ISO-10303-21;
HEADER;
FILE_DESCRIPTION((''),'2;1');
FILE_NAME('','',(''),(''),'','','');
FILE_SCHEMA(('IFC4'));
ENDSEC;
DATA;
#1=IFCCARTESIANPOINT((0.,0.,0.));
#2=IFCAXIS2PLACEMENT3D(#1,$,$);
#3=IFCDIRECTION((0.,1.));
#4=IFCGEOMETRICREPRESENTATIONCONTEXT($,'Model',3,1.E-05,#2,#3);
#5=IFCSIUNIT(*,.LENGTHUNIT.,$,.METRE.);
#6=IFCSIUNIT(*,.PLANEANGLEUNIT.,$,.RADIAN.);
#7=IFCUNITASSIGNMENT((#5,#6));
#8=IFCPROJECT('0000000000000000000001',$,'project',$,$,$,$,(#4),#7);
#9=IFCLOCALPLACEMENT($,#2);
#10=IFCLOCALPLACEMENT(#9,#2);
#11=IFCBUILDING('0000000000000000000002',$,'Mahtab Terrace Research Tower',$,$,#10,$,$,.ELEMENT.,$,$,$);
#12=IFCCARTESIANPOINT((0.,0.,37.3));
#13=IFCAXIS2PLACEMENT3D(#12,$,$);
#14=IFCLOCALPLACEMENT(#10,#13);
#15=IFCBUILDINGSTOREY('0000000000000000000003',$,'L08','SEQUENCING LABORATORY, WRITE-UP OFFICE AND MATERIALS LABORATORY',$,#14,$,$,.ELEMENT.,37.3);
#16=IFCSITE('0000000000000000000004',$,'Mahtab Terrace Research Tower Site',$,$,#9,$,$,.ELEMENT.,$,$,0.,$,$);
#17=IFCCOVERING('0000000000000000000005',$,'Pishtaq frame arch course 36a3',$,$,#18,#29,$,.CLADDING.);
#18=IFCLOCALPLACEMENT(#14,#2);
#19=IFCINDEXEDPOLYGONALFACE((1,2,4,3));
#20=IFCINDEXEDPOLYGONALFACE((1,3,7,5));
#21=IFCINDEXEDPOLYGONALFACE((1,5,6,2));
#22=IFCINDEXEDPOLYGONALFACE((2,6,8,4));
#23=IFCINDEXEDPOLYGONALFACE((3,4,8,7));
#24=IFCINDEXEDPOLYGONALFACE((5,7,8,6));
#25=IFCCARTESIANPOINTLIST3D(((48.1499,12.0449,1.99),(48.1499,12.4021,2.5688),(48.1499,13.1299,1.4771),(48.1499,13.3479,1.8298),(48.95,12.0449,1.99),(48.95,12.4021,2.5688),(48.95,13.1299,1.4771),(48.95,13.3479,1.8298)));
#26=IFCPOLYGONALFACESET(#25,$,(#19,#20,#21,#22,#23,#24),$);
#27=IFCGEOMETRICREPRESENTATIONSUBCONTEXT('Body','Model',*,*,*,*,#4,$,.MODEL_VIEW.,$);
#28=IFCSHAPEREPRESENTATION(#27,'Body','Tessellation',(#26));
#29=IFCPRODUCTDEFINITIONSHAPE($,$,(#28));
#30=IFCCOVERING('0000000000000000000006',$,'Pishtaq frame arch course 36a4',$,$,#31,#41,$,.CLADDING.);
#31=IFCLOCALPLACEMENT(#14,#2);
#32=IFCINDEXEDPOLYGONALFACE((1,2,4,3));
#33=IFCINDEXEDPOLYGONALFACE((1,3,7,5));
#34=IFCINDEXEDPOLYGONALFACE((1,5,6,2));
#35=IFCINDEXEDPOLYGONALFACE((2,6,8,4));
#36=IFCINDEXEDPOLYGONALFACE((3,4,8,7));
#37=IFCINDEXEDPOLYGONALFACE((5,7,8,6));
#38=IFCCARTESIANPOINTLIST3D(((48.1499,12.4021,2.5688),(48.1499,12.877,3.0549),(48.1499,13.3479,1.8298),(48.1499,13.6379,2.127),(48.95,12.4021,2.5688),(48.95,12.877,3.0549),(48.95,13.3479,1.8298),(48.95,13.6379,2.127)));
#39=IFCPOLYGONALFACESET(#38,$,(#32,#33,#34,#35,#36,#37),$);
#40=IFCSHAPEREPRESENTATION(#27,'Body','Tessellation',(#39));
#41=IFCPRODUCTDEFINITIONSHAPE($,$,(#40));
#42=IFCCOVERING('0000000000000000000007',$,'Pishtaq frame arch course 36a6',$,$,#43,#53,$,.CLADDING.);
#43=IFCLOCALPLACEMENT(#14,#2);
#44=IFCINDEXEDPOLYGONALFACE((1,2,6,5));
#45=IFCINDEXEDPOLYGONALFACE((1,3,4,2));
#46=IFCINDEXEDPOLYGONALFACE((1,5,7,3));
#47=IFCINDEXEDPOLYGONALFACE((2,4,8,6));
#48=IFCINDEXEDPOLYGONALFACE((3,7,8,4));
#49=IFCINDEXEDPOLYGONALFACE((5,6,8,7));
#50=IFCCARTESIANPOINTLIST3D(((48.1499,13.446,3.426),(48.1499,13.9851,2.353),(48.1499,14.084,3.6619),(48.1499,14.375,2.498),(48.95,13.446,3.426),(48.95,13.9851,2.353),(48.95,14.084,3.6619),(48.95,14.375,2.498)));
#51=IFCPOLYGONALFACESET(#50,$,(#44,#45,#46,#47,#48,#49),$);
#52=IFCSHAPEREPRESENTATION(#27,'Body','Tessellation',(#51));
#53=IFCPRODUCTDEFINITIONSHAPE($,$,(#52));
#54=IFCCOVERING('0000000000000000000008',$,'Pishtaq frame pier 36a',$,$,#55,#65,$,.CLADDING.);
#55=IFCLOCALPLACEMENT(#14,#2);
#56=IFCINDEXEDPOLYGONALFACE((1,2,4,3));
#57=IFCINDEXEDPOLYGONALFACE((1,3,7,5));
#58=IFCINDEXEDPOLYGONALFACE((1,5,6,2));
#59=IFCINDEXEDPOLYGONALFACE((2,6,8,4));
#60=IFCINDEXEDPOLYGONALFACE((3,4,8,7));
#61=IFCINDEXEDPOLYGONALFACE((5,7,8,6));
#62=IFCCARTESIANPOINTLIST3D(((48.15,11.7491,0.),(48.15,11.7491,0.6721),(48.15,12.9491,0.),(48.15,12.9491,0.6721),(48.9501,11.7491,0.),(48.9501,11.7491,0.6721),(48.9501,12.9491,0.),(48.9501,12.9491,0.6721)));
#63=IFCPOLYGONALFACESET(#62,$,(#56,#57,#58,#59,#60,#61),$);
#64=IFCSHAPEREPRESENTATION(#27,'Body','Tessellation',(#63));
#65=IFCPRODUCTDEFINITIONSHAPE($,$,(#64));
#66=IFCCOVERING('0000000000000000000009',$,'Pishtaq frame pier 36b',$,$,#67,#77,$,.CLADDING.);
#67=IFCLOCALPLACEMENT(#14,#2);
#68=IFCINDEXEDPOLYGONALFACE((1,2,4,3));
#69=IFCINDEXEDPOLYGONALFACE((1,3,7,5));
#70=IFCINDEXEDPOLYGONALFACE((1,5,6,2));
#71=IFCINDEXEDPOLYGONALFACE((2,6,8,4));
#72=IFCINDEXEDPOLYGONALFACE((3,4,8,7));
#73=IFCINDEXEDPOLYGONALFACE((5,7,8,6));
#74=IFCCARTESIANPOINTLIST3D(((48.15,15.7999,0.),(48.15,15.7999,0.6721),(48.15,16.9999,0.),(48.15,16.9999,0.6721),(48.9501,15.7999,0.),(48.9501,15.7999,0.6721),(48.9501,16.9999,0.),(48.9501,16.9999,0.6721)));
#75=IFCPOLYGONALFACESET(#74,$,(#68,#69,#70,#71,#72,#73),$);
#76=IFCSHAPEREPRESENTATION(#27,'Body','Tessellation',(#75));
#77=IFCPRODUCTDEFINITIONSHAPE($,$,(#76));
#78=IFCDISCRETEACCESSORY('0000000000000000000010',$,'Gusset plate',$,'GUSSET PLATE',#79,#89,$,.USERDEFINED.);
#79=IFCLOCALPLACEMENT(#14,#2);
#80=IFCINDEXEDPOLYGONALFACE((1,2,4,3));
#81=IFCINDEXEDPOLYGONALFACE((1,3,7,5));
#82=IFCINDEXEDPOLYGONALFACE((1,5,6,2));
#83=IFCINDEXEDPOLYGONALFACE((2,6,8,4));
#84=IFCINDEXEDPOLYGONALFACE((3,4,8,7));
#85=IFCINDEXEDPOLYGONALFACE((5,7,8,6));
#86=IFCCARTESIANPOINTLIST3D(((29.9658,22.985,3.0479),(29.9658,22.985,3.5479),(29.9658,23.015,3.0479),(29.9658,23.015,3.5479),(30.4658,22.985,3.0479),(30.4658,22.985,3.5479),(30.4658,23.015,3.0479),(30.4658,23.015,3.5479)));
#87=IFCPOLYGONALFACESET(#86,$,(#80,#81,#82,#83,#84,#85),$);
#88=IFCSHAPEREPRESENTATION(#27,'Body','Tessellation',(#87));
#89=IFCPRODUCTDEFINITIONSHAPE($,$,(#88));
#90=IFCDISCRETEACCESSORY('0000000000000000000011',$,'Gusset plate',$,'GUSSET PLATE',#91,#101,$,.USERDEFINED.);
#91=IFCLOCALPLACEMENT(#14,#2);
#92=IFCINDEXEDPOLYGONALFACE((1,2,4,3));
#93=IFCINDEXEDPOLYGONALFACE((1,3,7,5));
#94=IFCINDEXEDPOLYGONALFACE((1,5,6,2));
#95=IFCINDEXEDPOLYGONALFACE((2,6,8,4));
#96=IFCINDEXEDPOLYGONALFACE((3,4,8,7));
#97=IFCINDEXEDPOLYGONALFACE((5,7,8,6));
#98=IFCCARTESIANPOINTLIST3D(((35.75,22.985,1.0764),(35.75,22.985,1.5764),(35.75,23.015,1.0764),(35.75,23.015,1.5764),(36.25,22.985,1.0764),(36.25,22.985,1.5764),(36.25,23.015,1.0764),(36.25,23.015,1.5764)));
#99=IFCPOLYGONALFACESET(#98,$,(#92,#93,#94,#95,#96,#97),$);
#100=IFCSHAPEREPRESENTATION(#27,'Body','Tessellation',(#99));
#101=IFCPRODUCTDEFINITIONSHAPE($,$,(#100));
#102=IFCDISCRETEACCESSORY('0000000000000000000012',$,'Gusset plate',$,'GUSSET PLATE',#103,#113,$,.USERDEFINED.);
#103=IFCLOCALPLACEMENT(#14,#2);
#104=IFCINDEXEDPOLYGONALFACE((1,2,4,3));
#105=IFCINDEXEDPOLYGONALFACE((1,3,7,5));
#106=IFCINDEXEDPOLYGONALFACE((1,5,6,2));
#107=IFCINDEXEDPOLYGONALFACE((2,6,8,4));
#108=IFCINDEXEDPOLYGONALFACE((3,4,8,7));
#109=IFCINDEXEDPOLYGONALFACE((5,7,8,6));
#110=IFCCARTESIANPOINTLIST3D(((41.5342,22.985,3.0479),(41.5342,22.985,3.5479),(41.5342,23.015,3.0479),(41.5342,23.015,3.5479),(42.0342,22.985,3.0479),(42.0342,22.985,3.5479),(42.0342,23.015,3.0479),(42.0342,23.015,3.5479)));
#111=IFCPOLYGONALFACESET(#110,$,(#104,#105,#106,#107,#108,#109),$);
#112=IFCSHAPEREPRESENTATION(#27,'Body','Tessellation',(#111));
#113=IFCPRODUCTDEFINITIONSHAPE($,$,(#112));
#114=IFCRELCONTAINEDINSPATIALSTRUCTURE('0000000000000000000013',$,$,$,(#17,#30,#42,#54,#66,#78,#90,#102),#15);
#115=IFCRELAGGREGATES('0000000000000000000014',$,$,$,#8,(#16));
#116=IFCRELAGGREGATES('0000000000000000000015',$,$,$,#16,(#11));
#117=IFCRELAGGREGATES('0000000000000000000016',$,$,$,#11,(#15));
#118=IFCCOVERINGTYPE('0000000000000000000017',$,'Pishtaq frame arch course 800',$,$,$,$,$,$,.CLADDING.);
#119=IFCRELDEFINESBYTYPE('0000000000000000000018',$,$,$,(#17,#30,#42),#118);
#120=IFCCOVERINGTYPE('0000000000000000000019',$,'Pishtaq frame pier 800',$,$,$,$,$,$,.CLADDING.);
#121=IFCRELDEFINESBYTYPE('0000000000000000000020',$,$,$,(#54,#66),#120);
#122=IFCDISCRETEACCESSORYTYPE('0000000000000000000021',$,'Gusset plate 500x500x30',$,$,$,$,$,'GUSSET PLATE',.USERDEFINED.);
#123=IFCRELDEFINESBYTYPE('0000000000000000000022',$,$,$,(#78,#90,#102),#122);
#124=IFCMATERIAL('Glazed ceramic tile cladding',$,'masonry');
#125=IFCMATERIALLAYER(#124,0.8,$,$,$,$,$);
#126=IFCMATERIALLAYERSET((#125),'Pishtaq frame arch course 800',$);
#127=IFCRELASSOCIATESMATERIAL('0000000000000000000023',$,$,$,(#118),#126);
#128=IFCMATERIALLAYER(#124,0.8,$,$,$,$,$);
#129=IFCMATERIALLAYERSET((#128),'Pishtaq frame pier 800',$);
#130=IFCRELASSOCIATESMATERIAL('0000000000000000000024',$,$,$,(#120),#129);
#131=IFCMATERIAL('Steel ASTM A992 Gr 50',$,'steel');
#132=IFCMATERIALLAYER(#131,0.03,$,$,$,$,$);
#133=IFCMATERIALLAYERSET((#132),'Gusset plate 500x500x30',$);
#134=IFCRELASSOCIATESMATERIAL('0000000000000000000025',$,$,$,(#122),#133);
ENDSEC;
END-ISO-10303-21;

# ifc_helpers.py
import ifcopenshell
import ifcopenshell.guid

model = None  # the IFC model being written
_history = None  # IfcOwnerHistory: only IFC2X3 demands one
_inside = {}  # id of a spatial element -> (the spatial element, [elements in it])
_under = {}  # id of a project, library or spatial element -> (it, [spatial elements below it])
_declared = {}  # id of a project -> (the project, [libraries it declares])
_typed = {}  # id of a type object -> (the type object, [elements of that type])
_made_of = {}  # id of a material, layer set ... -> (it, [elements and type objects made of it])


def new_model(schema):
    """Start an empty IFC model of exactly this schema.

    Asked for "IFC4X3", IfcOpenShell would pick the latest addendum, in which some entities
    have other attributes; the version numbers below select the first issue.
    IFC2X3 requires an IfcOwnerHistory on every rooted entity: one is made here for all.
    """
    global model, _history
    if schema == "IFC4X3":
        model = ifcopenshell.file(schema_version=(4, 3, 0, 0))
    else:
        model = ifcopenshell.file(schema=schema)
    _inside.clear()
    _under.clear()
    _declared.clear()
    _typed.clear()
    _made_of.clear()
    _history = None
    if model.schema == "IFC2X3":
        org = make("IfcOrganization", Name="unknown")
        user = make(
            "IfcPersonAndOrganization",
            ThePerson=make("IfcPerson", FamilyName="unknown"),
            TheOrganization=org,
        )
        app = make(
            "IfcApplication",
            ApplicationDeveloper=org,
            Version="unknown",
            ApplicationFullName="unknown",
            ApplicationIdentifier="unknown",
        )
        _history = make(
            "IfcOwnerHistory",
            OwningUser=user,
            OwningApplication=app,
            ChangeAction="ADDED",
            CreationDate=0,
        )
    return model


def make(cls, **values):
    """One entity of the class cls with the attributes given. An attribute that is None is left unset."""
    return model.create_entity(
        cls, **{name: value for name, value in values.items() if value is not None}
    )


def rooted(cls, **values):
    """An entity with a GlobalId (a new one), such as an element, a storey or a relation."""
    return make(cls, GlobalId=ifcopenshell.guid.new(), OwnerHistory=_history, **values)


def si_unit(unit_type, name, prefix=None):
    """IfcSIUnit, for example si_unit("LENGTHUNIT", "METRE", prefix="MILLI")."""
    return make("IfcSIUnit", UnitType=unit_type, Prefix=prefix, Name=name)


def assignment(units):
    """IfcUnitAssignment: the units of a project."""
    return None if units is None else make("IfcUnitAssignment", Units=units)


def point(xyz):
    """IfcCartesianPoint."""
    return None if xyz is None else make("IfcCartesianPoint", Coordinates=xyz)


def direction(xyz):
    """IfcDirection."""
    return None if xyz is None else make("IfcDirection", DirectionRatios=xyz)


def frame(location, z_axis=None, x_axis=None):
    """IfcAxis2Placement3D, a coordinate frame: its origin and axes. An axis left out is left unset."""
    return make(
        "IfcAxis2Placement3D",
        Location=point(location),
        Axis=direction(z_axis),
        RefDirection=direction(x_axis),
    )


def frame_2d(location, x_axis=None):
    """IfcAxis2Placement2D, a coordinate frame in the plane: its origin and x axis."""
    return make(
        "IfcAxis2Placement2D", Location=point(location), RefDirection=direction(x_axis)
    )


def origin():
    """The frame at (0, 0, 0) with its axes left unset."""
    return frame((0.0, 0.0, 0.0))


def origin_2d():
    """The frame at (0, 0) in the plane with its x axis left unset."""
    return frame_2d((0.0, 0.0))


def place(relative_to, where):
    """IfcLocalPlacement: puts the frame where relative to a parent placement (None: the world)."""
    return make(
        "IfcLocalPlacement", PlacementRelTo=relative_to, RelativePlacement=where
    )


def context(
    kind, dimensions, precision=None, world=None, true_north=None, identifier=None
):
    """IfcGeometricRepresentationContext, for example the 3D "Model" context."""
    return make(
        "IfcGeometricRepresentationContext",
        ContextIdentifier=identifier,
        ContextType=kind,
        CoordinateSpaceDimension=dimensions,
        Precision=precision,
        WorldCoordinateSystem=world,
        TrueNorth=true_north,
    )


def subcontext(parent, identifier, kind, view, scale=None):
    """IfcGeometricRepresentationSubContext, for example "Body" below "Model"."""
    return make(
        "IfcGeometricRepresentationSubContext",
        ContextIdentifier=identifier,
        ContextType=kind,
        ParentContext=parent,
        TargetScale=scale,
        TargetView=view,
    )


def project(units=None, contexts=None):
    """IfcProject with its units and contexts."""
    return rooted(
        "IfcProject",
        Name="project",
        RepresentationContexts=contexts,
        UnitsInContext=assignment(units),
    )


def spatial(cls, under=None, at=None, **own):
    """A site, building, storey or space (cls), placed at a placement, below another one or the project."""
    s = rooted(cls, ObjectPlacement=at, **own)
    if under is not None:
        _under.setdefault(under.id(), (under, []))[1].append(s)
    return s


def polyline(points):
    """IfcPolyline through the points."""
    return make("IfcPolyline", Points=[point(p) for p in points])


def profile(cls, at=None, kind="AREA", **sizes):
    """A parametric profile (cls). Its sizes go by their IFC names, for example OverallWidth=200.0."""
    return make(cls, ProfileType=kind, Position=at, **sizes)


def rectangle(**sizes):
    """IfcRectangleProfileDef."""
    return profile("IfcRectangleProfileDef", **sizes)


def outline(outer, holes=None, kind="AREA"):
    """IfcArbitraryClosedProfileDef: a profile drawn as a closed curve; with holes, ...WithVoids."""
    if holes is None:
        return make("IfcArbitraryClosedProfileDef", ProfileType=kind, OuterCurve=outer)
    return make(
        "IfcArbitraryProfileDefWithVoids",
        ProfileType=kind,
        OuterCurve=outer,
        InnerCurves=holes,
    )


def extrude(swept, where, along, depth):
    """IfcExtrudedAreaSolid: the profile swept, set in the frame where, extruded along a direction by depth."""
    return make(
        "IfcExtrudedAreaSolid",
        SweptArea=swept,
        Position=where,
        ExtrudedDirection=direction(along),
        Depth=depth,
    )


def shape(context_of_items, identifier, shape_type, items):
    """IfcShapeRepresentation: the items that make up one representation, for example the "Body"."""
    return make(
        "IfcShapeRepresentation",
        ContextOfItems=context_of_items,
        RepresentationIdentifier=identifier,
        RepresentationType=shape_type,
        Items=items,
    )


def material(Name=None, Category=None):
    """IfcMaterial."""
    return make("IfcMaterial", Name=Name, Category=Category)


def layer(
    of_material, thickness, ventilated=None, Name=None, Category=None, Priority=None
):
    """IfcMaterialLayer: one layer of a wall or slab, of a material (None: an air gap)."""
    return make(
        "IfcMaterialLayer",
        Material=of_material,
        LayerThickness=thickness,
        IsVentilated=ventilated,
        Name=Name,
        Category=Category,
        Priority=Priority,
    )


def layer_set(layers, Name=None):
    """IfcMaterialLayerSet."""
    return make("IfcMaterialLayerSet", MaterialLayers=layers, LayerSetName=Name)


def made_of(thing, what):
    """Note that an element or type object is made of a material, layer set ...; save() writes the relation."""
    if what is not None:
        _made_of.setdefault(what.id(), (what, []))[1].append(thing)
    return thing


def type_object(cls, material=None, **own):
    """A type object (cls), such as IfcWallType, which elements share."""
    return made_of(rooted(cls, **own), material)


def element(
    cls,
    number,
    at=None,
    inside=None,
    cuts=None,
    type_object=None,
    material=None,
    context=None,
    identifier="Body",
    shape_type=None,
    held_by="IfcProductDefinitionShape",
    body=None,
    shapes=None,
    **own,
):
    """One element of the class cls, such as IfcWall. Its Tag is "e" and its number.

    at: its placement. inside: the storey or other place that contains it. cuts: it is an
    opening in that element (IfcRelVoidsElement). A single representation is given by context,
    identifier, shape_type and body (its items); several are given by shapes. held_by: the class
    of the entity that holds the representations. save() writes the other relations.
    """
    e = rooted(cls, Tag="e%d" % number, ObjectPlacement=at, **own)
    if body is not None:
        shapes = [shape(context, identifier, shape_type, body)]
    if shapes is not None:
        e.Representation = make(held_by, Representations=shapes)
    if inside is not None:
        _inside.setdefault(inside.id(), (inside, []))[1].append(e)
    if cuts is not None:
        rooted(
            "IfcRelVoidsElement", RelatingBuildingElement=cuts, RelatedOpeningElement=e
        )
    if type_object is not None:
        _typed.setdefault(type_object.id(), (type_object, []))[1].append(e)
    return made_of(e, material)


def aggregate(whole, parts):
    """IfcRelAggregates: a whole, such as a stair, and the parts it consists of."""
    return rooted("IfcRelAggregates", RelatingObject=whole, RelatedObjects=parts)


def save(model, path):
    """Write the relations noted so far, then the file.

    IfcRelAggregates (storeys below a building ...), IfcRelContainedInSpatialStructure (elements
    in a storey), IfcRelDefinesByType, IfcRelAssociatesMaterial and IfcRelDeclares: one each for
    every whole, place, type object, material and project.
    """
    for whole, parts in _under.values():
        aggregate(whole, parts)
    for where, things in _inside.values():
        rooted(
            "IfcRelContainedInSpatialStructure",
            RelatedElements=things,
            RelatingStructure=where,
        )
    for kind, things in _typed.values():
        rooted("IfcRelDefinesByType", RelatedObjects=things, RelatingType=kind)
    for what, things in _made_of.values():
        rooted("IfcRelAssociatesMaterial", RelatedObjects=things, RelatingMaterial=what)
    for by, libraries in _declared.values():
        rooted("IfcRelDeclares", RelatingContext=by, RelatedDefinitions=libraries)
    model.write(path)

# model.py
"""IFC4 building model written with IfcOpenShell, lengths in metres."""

from ifc_helpers import new_model, si_unit, direction, frame, origin, origin_2d, place, context, subcontext, project, spatial, polyline, rectangle, outline, extrude, material, layer, layer_set, type_object, element, save


model = new_model("IFC4")

# Units and contexts
model_context = context("Model", 3, precision=1e-05, world=origin(), true_north=direction((0.0, 1.0)))
body_context = subcontext(model_context, "Body", "Model", "MODEL_VIEW")
ifc_project = project(units=[si_unit("LENGTHUNIT", "METRE"), si_unit("PLANEANGLEUNIT", "RADIAN")], contexts=[model_context])

# Site, building, storey
site_placement = place(None, origin())
site = spatial("IfcSite", under=ifc_project, at=site_placement, Name="Mahtab Terrace Research Tower Site", CompositionType="ELEMENT", RefElevation=0.0)
building_placement = place(site_placement, origin())
building = spatial("IfcBuilding", under=site, at=building_placement, Name="Mahtab Terrace Research Tower", CompositionType="ELEMENT")
storey_placement = place(building_placement, frame((0.0, 0.0, 37.3)))
storey = spatial("IfcBuildingStorey", under=building, at=storey_placement, Name="L08", Description="SEQUENCING LABORATORY, WRITE-UP OFFICE AND MATERIALS LABORATORY", CompositionType="ELEMENT", Elevation=37.3)

# Shared definitions
ifc_material_1 = material(Name="Steel ASTM A992 Gr 50", Category="steel")

# Coverings
ifc_material_2 = material(Name="Glazed ceramic tile cladding", Category="masonry")
ifc_layer_1 = layer(ifc_material_2, 0.8)
ifc_layer_set_1 = layer_set([ifc_layer_1], Name="Pishtaq frame arch course 800")
covering_type_1 = type_object("IfcCoveringType", Name="Pishtaq frame arch course 800", PredefinedType="CLADDING", material=ifc_layer_set_1)
covering_1_placement = place(storey_placement, frame((48.1499, 12.0449, 1.99), z_axis=(-1.0, 0.0, 0.0), x_axis=(0.0, 0.525118, 0.851029)))
element("IfcCovering", 1, at=covering_1_placement, inside=storey, type_object=covering_type_1, Name="Pishtaq frame arch course 36a3", PredefinedType="CLADDING", context=body_context, shape_type="SweptSolid", body=[
    extrude(outline(polyline([(0.0, 0.0), (0.6802, 0.0), (0.5479, 1.193), (0.1332, 1.1927), (0.0, 0.0)])), origin(), (0.0, 0.0, -1.0), 0.8),
])
covering_2_placement = place(storey_placement, frame((48.1499, 12.4021, 2.5688), z_axis=(-1.0, 0.0, 0.0), x_axis=(0.0, 0.698795, 0.715322)))
element("IfcCovering", 2, at=covering_2_placement, inside=storey, type_object=covering_type_1, Name="Pishtaq frame arch course 36a4", PredefinedType="CLADDING", context=body_context, shape_type="SweptSolid", body=[
    extrude(outline(polyline([(0.0, 0.0), (0.6795, 0.0), (0.5475, 1.1928), (0.1323, 1.193), (0.0, 0.0)])), origin(), (0.0, 0.0, -1.0), 0.8),
])
covering_3_placement = place(storey_placement, frame((48.1499, 13.446, 3.426), z_axis=(-1.0, 0.0, 0.0), x_axis=(0.0, 0.937956, 0.346753)))
element("IfcCovering", 3, at=covering_3_placement, inside=storey, type_object=covering_type_1, Name="Pishtaq frame arch course 36a6", PredefinedType="CLADDING", context=body_context, shape_type="SweptSolid", body=[
    extrude(outline(polyline([(0.0, 0.0), (0.6801, 0.0), (0.5495, 1.1925), (0.1336, 1.1933), (0.0, 0.0)])), origin(), (0.0, 0.0, -1.0), 0.8),
])
ifc_layer_2 = layer(ifc_material_2, 0.8)
ifc_layer_set_2 = layer_set([ifc_layer_2], Name="Pishtaq frame pier 800")
covering_type_2 = type_object("IfcCoveringType", Name="Pishtaq frame pier 800", PredefinedType="CLADDING", material=ifc_layer_set_2)
for number, where, z_axis, x_axis, name in (
    (4, (48.55, 12.3491, 0.0), (0.0, 0.0, 1.0), (0.0, 1.0, 0.0), "Pishtaq frame pier 36a"),
    (5, (48.55, 16.3999, 0.0), (0.0, 0.0, 1.0), (0.0, 1.0, 0.0), "Pishtaq frame pier 36b"),
):
    element("IfcCovering", number, at=place(storey_placement, frame(where, z_axis=z_axis, x_axis=x_axis)), inside=storey, type_object=covering_type_2, Name=name, PredefinedType="CLADDING", context=body_context, shape_type="SweptSolid", body=[
        extrude(rectangle(XDim=1.2, YDim=0.8, at=origin_2d()), origin(), (0.0, 0.0, 1.0), 0.6721),
    ])

# Discrete accessories
ifc_layer_3 = layer(ifc_material_1, 0.03)
ifc_layer_set_3 = layer_set([ifc_layer_3], Name="Gusset plate 500x500x30")
discrete_accessory_type = type_object("IfcDiscreteAccessoryType", Name="Gusset plate 500x500x30", ElementType="GUSSET PLATE", PredefinedType="USERDEFINED", material=ifc_layer_set_3)
for number, where, z_axis, x_axis, name in (
    (6, (30.2158, 23.0, 3.0479), (0.0, 0.0, 1.0), (1.0, 0.0, 0.0), "Gusset plate"),
    (7, (36.0, 23.0, 1.0764), (0.0, 0.0, 1.0), (1.0, 0.0, 0.0), "Gusset plate"),
    (8, (41.7842, 23.0, 3.0479), (0.0, 0.0, 1.0), (1.0, 0.0, 0.0), "Gusset plate"),
):
    element("IfcDiscreteAccessory", number, at=place(storey_placement, frame(where, z_axis=z_axis, x_axis=x_axis)), inside=storey, type_object=discrete_accessory_type, Name=name, ObjectType="GUSSET PLATE", PredefinedType="USERDEFINED", context=body_context, shape_type="SweptSolid", body=[
        extrude(rectangle(XDim=0.5, YDim=0.03, at=origin_2d()), origin(), (0.0, 0.0, 1.0), 0.5),
    ])

save(model, "model.ifc")
